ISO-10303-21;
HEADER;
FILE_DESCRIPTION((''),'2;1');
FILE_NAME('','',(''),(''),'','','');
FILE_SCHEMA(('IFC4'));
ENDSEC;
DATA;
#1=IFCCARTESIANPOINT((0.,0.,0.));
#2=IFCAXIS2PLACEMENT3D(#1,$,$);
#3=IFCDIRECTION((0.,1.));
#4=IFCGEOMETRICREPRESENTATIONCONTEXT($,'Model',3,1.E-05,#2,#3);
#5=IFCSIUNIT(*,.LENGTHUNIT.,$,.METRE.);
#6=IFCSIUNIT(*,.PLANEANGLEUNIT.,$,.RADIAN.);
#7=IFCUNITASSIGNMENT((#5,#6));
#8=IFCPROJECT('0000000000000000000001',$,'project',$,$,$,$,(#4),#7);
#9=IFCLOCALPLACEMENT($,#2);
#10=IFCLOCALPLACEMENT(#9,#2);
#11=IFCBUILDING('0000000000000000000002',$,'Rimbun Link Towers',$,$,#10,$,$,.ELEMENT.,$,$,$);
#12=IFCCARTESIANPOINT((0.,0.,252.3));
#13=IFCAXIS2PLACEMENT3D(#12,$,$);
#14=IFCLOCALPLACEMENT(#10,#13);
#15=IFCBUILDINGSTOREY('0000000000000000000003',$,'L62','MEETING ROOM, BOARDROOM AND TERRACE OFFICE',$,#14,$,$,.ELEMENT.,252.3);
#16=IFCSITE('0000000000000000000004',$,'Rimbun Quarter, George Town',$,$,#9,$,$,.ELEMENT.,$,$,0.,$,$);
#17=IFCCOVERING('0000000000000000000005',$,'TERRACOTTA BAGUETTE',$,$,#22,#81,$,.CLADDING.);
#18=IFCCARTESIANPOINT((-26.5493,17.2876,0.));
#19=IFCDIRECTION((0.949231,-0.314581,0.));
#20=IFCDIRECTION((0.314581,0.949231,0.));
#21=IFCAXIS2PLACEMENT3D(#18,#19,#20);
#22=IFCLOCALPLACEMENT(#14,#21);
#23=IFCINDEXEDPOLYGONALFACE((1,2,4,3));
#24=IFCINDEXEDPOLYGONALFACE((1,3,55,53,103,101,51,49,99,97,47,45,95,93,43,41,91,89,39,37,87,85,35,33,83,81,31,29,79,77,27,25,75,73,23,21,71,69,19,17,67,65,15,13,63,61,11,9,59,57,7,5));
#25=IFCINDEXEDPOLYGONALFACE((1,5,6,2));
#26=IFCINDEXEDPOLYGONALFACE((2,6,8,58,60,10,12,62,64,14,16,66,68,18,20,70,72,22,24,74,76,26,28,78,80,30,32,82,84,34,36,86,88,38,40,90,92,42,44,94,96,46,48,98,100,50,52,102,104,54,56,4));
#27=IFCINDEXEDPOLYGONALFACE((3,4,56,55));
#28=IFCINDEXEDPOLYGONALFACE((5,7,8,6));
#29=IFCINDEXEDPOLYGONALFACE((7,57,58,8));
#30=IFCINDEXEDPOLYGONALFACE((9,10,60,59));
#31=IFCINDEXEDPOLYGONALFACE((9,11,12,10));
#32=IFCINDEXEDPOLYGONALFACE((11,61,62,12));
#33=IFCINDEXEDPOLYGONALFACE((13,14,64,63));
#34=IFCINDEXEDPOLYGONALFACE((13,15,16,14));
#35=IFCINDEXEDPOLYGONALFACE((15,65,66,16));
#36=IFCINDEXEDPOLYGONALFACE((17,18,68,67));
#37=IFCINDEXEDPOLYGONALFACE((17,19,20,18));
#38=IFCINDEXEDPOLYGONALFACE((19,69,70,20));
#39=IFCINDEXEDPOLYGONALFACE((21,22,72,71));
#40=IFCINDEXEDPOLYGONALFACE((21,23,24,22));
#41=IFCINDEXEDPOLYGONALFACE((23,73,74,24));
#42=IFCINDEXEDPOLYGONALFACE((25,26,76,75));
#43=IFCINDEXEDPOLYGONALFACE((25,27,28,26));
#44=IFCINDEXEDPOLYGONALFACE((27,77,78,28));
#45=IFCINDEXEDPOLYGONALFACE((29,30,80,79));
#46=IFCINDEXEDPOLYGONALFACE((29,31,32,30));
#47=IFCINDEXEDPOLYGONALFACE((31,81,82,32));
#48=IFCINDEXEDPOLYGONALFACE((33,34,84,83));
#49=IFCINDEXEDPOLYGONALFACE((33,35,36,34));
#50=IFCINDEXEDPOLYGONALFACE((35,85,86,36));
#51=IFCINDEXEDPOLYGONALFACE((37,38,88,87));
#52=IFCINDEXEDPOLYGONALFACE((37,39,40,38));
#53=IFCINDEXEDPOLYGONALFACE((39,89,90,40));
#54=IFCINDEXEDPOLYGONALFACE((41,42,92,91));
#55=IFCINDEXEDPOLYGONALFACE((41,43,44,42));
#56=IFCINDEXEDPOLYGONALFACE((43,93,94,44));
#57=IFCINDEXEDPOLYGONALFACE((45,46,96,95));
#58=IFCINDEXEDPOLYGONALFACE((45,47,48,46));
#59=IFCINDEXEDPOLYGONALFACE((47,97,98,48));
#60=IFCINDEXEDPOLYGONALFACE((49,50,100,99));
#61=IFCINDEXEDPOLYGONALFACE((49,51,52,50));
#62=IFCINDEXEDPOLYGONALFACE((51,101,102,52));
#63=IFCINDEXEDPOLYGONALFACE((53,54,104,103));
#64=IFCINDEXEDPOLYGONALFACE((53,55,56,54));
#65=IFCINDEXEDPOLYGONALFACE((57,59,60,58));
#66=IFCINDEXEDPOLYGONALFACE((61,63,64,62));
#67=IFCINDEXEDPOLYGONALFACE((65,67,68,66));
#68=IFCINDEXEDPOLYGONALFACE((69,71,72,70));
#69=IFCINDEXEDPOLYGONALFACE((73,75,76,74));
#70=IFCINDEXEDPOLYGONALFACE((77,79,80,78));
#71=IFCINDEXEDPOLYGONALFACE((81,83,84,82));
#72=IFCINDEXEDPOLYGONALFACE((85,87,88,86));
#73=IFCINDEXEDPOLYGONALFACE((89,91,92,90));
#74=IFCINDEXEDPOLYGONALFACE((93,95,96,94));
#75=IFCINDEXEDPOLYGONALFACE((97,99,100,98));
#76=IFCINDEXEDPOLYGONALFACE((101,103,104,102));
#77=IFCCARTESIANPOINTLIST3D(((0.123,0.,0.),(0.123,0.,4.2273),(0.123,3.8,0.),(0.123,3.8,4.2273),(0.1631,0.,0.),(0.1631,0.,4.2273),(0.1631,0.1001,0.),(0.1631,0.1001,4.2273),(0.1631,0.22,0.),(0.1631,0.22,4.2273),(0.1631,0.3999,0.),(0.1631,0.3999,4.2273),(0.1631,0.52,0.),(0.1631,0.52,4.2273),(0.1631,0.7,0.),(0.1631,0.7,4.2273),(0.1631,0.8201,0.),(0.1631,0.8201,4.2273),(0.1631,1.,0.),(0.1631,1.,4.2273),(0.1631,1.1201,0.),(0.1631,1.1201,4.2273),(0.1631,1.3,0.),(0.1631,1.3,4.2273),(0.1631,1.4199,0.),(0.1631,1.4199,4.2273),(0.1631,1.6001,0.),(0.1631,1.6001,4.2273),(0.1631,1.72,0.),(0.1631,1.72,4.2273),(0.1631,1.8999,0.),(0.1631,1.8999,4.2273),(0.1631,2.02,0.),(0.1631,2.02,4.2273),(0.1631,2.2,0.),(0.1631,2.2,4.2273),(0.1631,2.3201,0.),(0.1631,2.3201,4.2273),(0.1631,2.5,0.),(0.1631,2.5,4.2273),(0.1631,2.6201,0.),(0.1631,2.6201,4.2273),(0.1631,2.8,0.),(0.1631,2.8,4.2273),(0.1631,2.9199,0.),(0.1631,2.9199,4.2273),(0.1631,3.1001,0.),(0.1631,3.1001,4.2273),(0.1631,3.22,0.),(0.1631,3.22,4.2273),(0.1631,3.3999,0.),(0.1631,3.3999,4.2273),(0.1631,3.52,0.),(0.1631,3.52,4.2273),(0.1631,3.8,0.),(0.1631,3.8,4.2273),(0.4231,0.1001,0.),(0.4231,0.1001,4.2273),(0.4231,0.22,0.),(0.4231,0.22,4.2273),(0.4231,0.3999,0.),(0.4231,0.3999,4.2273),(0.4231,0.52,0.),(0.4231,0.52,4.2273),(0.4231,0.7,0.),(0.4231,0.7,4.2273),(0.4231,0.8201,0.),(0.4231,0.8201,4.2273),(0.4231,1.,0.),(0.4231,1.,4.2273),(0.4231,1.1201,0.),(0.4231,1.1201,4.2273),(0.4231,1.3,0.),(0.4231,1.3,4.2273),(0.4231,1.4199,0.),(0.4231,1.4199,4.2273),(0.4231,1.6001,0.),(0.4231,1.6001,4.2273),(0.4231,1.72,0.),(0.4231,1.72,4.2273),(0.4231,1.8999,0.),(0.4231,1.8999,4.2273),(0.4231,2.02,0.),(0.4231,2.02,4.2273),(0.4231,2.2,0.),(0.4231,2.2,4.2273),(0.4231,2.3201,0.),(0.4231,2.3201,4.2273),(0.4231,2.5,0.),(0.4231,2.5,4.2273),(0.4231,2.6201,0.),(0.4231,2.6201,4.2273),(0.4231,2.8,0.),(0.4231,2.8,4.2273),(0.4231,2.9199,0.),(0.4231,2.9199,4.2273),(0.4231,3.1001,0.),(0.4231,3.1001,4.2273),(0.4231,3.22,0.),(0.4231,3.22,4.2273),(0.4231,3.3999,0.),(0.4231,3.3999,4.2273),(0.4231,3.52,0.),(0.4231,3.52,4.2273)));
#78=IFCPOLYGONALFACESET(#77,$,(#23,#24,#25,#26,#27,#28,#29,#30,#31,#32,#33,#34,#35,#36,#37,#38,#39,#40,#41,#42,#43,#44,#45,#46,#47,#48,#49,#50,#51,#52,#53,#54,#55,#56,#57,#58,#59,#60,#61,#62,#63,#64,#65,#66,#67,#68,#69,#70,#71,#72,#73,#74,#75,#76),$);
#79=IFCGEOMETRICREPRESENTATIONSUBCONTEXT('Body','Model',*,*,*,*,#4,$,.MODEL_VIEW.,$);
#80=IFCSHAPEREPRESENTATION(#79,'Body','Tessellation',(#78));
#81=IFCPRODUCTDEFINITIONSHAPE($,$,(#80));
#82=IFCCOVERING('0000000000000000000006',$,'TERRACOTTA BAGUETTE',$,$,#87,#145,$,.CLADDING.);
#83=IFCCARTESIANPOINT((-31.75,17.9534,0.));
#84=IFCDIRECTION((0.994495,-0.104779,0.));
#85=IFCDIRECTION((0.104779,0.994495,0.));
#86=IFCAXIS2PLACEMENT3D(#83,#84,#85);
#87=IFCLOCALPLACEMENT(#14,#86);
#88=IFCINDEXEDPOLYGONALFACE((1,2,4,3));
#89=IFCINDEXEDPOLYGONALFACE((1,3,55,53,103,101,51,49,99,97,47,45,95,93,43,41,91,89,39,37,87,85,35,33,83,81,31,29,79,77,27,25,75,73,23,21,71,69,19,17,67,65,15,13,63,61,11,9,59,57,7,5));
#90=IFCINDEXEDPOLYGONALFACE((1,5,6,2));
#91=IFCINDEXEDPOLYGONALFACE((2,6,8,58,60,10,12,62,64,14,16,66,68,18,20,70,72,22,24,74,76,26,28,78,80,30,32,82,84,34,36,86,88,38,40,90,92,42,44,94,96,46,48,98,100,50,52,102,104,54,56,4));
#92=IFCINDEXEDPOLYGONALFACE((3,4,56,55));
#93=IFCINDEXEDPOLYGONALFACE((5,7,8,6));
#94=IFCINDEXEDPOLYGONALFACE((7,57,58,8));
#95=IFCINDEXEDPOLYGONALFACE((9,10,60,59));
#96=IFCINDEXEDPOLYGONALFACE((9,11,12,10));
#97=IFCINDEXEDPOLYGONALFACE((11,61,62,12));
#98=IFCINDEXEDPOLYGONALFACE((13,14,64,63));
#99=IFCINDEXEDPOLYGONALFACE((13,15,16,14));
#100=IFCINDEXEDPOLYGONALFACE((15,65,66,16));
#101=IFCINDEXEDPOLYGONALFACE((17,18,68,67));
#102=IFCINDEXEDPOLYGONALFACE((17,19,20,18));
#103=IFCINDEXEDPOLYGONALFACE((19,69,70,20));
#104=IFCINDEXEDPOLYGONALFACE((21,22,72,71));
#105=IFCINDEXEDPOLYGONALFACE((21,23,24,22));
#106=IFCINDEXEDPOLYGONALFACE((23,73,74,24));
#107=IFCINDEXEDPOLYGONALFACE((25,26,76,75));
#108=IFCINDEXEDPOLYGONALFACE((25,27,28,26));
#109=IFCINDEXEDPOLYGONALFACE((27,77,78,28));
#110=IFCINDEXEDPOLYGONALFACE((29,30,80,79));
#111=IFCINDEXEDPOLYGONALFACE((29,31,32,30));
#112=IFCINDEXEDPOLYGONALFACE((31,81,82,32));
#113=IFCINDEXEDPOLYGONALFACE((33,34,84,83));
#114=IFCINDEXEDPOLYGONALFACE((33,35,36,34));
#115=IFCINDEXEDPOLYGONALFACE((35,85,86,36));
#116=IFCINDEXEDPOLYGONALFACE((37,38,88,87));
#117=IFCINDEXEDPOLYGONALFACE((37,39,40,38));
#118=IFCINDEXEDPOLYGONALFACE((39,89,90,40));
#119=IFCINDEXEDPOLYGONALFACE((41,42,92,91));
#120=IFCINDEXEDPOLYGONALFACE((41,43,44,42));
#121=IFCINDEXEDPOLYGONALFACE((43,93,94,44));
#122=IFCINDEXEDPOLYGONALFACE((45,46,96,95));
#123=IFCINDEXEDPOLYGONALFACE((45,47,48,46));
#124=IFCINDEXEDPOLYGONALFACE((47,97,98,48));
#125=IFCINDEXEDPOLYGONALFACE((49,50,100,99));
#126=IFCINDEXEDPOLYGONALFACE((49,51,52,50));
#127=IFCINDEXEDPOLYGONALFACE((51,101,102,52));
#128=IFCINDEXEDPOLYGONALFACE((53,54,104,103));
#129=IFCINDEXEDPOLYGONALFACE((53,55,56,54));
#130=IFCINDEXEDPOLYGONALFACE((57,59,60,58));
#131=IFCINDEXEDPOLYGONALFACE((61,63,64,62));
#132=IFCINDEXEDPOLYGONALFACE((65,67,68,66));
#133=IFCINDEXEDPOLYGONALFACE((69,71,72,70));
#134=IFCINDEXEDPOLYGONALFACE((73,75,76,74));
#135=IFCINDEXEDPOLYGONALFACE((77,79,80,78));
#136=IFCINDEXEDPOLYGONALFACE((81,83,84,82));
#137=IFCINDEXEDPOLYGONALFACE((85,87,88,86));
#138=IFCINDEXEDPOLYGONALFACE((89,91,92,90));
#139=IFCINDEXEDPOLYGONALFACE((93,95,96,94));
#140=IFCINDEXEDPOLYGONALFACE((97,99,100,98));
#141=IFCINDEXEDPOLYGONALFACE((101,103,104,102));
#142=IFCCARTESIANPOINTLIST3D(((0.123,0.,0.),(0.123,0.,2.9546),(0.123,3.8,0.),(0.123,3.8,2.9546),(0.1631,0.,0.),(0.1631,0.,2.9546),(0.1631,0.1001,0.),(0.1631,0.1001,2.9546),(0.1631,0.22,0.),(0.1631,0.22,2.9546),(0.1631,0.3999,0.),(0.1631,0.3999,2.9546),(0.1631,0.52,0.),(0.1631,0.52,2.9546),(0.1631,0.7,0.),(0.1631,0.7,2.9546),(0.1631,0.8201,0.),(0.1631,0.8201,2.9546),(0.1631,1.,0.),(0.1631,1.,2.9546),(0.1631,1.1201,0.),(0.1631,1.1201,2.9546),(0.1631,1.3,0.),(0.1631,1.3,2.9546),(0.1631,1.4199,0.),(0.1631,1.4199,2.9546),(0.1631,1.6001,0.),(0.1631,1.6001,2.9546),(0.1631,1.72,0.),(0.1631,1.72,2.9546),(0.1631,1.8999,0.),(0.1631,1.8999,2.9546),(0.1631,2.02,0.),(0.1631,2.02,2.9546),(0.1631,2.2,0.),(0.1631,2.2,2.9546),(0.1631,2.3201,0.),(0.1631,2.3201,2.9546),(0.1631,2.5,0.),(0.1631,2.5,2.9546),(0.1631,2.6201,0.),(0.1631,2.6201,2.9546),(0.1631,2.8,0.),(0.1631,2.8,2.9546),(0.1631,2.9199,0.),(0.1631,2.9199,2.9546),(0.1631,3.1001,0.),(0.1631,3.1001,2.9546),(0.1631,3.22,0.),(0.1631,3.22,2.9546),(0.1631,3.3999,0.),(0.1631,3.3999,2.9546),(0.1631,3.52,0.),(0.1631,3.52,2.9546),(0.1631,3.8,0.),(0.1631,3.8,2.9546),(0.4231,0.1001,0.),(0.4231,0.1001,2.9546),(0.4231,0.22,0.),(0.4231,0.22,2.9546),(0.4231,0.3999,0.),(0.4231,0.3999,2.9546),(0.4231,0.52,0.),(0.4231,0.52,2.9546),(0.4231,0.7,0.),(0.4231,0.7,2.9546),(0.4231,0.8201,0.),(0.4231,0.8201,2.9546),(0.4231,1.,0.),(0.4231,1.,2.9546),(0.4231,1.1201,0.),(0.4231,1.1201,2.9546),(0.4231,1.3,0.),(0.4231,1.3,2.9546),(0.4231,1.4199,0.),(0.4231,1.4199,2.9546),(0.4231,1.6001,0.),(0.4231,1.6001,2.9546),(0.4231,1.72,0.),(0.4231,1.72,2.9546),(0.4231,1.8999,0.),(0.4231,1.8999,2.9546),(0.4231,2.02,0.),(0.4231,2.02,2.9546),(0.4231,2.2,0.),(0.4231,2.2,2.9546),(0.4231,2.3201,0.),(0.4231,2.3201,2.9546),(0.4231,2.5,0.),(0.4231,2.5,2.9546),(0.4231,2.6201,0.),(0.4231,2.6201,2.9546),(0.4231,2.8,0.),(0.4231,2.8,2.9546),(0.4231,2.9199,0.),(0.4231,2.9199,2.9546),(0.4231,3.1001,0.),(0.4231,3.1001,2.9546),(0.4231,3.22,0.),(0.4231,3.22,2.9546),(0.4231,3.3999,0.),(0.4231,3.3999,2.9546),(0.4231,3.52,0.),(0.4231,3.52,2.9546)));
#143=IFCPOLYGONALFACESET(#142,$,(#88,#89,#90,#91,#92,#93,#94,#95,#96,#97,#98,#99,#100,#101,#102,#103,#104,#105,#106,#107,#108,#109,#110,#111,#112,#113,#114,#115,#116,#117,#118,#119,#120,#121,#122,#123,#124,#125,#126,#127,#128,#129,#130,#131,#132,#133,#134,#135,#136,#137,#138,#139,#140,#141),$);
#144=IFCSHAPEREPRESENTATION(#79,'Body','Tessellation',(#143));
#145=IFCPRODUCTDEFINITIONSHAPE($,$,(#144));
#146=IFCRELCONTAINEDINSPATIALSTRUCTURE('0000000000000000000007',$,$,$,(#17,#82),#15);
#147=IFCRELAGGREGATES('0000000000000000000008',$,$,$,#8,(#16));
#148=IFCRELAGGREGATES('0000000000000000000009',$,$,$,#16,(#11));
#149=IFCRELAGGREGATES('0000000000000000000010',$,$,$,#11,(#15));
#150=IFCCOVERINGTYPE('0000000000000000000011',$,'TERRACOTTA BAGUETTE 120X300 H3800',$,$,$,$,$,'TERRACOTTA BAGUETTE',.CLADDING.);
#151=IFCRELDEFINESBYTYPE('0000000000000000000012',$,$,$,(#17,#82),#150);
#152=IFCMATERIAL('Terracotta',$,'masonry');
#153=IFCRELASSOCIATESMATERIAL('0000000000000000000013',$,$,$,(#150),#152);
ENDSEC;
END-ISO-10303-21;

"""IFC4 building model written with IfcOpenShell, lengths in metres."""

from ifc_helpers import new_model, si_unit, direction, frame, origin, place, context, subcontext, project, spatial, polyline, outline, extrude, material, material_profile, profile_set, type_object, element, save


model = new_model("IFC4")

# Units and contexts
model_context = context("Model", 3, precision=1e-05, world=origin(), true_north=direction((0.0, 1.0)))
body_context = subcontext(model_context, "Body", "Model", "MODEL_VIEW")
ifc_project = project(units=[si_unit("LENGTHUNIT", "METRE"), si_unit("PLANEANGLEUNIT", "RADIAN")], contexts=[model_context])

# Site, building, storey
site_placement = place(None, origin())
site = spatial("IfcSite", under=ifc_project, at=site_placement, Name="Rimbun Quarter, George Town", CompositionType="ELEMENT", RefElevation=0.0)
building_placement = place(site_placement, origin())
building = spatial("IfcBuilding", under=site, at=building_placement, Name="Rimbun Link Towers", CompositionType="ELEMENT")
storey_placement = place(building_placement, frame((0.0, 0.0, 252.3)))
storey = spatial("IfcBuildingStorey", under=building, at=storey_placement, Name="L62", Description="MEETING ROOM, BOARDROOM AND TERRACE OFFICE", CompositionType="ELEMENT", Elevation=252.3)

# Coverings
ifc_material_1 = material(Name="Terracotta", Category="masonry")
ifc_material_profile_1 = material_profile(ifc_material_1, outline(polyline([(0.123, 0.0), (0.1631, 0.0), (0.1631, 0.1001), (0.4231, 0.1001), (0.4231, 0.22), (0.1631, 0.22), (0.1631, 0.3999), (0.4231, 0.3999), (0.4231, 0.52), (0.1631, 0.52), (0.1631, 0.7), (0.4231, 0.7), (0.4231, 0.8201), (0.1631, 0.8201), (0.1631, 1.0), (0.4231, 1.0), (0.4231, 1.1201), (0.1631, 1.1201), (0.1631, 1.3), (0.4231, 1.3), (0.4231, 1.4199), (0.1631, 1.4199), (0.1631, 1.6001), (0.4231, 1.6001), (0.4231, 1.72), (0.1631, 1.72), (0.1631, 1.8999), (0.4231, 1.8999), (0.4231, 2.02), (0.1631, 2.02), (0.1631, 2.2), (0.4231, 2.2), (0.4231, 2.3201), (0.1631, 2.3201), (0.1631, 2.5), (0.4231, 2.5), (0.4231, 2.6201), (0.1631, 2.6201), (0.1631, 2.8), (0.4231, 2.8), (0.4231, 2.9199), (0.1631, 2.9199), (0.1631, 3.1001), (0.4231, 3.1001), (0.4231, 3.22), (0.1631, 3.22), (0.1631, 3.3999), (0.4231, 3.3999), (0.4231, 3.52), (0.1631, 3.52), (0.1631, 3.8), (0.123, 3.8), (0.123, 0.0)])), Name="BAGUETTE 120X300")
ifc_profile_set_1 = profile_set([ifc_material_profile_1], Name="Terracotta")
covering_type = type_object("IfcCoveringType", Name="TERRACOTTA BAGUETTE 120X300 H3800", ElementType="TERRACOTTA BAGUETTE", PredefinedType="CLADDING", material=ifc_profile_set_1)
covering_1_placement = place(storey_placement, frame((-26.5493, 17.2876, 0.0), z_axis=(0.949231, -0.314581, 0.0), x_axis=(0.314581, 0.949231, 0.0)))
element("IfcCovering", 1, at=covering_1_placement, inside=storey, type_object=covering_type, Name="TERRACOTTA BAGUETTE", PredefinedType="CLADDING", context=body_context, shape_type="SweptSolid", body=[
    extrude(outline(polyline([(0.123, 0.0), (0.1631, 0.0), (0.1631, 0.1001), (0.4231, 0.1001), (0.4231, 0.22), (0.1631, 0.22), (0.1631, 0.3999), (0.4231, 0.3999), (0.4231, 0.52), (0.1631, 0.52), (0.1631, 0.7), (0.4231, 0.7), (0.4231, 0.8201), (0.1631, 0.8201), (0.1631, 1.0), (0.4231, 1.0), (0.4231, 1.1201), (0.1631, 1.1201), (0.1631, 1.3), (0.4231, 1.3), (0.4231, 1.4199), (0.1631, 1.4199), (0.1631, 1.6001), (0.4231, 1.6001), (0.4231, 1.72), (0.1631, 1.72), (0.1631, 1.8999), (0.4231, 1.8999), (0.4231, 2.02), (0.1631, 2.02), (0.1631, 2.2), (0.4231, 2.2), (0.4231, 2.3201), (0.1631, 2.3201), (0.1631, 2.5), (0.4231, 2.5), (0.4231, 2.6201), (0.1631, 2.6201), (0.1631, 2.8), (0.4231, 2.8), (0.4231, 2.9199), (0.1631, 2.9199), (0.1631, 3.1001), (0.4231, 3.1001), (0.4231, 3.22), (0.1631, 3.22), (0.1631, 3.3999), (0.4231, 3.3999), (0.4231, 3.52), (0.1631, 3.52), (0.1631, 3.8), (0.123, 3.8), (0.123, 0.0)])), origin(), (0.0, 0.0, 1.0), 4.2273),
])
covering_2_placement = place(storey_placement, frame((-31.75, 17.9534, 0.0), z_axis=(0.994495, -0.104779, 0.0), x_axis=(0.104779, 0.994495, 0.0)))
element("IfcCovering", 2, at=covering_2_placement, inside=storey, type_object=covering_type, Name="TERRACOTTA BAGUETTE", PredefinedType="CLADDING", context=body_context, shape_type="SweptSolid", body=[
    extrude(outline(polyline([(0.123, 0.0), (0.1631, 0.0), (0.1631, 0.1001), (0.4231, 0.1001), (0.4231, 0.22), (0.1631, 0.22), (0.1631, 0.3999), (0.4231, 0.3999), (0.4231, 0.52), (0.1631, 0.52), (0.1631, 0.7), (0.4231, 0.7), (0.4231, 0.8201), (0.1631, 0.8201), (0.1631, 1.0), (0.4231, 1.0), (0.4231, 1.1201), (0.1631, 1.1201), (0.1631, 1.3), (0.4231, 1.3), (0.4231, 1.4199), (0.1631, 1.4199), (0.1631, 1.6001), (0.4231, 1.6001), (0.4231, 1.72), (0.1631, 1.72), (0.1631, 1.8999), (0.4231, 1.8999), (0.4231, 2.02), (0.1631, 2.02), (0.1631, 2.2), (0.4231, 2.2), (0.4231, 2.3201), (0.1631, 2.3201), (0.1631, 2.5), (0.4231, 2.5), (0.4231, 2.6201), (0.1631, 2.6201), (0.1631, 2.8), (0.4231, 2.8), (0.4231, 2.9199), (0.1631, 2.9199), (0.1631, 3.1001), (0.4231, 3.1001), (0.4231, 3.22), (0.1631, 3.22), (0.1631, 3.3999), (0.4231, 3.3999), (0.4231, 3.52), (0.1631, 3.52), (0.1631, 3.8), (0.123, 3.8), (0.123, 0.0)])), origin(), (0.0, 0.0, 1.0), 2.9546),
])

save(model, "model.ifc")
